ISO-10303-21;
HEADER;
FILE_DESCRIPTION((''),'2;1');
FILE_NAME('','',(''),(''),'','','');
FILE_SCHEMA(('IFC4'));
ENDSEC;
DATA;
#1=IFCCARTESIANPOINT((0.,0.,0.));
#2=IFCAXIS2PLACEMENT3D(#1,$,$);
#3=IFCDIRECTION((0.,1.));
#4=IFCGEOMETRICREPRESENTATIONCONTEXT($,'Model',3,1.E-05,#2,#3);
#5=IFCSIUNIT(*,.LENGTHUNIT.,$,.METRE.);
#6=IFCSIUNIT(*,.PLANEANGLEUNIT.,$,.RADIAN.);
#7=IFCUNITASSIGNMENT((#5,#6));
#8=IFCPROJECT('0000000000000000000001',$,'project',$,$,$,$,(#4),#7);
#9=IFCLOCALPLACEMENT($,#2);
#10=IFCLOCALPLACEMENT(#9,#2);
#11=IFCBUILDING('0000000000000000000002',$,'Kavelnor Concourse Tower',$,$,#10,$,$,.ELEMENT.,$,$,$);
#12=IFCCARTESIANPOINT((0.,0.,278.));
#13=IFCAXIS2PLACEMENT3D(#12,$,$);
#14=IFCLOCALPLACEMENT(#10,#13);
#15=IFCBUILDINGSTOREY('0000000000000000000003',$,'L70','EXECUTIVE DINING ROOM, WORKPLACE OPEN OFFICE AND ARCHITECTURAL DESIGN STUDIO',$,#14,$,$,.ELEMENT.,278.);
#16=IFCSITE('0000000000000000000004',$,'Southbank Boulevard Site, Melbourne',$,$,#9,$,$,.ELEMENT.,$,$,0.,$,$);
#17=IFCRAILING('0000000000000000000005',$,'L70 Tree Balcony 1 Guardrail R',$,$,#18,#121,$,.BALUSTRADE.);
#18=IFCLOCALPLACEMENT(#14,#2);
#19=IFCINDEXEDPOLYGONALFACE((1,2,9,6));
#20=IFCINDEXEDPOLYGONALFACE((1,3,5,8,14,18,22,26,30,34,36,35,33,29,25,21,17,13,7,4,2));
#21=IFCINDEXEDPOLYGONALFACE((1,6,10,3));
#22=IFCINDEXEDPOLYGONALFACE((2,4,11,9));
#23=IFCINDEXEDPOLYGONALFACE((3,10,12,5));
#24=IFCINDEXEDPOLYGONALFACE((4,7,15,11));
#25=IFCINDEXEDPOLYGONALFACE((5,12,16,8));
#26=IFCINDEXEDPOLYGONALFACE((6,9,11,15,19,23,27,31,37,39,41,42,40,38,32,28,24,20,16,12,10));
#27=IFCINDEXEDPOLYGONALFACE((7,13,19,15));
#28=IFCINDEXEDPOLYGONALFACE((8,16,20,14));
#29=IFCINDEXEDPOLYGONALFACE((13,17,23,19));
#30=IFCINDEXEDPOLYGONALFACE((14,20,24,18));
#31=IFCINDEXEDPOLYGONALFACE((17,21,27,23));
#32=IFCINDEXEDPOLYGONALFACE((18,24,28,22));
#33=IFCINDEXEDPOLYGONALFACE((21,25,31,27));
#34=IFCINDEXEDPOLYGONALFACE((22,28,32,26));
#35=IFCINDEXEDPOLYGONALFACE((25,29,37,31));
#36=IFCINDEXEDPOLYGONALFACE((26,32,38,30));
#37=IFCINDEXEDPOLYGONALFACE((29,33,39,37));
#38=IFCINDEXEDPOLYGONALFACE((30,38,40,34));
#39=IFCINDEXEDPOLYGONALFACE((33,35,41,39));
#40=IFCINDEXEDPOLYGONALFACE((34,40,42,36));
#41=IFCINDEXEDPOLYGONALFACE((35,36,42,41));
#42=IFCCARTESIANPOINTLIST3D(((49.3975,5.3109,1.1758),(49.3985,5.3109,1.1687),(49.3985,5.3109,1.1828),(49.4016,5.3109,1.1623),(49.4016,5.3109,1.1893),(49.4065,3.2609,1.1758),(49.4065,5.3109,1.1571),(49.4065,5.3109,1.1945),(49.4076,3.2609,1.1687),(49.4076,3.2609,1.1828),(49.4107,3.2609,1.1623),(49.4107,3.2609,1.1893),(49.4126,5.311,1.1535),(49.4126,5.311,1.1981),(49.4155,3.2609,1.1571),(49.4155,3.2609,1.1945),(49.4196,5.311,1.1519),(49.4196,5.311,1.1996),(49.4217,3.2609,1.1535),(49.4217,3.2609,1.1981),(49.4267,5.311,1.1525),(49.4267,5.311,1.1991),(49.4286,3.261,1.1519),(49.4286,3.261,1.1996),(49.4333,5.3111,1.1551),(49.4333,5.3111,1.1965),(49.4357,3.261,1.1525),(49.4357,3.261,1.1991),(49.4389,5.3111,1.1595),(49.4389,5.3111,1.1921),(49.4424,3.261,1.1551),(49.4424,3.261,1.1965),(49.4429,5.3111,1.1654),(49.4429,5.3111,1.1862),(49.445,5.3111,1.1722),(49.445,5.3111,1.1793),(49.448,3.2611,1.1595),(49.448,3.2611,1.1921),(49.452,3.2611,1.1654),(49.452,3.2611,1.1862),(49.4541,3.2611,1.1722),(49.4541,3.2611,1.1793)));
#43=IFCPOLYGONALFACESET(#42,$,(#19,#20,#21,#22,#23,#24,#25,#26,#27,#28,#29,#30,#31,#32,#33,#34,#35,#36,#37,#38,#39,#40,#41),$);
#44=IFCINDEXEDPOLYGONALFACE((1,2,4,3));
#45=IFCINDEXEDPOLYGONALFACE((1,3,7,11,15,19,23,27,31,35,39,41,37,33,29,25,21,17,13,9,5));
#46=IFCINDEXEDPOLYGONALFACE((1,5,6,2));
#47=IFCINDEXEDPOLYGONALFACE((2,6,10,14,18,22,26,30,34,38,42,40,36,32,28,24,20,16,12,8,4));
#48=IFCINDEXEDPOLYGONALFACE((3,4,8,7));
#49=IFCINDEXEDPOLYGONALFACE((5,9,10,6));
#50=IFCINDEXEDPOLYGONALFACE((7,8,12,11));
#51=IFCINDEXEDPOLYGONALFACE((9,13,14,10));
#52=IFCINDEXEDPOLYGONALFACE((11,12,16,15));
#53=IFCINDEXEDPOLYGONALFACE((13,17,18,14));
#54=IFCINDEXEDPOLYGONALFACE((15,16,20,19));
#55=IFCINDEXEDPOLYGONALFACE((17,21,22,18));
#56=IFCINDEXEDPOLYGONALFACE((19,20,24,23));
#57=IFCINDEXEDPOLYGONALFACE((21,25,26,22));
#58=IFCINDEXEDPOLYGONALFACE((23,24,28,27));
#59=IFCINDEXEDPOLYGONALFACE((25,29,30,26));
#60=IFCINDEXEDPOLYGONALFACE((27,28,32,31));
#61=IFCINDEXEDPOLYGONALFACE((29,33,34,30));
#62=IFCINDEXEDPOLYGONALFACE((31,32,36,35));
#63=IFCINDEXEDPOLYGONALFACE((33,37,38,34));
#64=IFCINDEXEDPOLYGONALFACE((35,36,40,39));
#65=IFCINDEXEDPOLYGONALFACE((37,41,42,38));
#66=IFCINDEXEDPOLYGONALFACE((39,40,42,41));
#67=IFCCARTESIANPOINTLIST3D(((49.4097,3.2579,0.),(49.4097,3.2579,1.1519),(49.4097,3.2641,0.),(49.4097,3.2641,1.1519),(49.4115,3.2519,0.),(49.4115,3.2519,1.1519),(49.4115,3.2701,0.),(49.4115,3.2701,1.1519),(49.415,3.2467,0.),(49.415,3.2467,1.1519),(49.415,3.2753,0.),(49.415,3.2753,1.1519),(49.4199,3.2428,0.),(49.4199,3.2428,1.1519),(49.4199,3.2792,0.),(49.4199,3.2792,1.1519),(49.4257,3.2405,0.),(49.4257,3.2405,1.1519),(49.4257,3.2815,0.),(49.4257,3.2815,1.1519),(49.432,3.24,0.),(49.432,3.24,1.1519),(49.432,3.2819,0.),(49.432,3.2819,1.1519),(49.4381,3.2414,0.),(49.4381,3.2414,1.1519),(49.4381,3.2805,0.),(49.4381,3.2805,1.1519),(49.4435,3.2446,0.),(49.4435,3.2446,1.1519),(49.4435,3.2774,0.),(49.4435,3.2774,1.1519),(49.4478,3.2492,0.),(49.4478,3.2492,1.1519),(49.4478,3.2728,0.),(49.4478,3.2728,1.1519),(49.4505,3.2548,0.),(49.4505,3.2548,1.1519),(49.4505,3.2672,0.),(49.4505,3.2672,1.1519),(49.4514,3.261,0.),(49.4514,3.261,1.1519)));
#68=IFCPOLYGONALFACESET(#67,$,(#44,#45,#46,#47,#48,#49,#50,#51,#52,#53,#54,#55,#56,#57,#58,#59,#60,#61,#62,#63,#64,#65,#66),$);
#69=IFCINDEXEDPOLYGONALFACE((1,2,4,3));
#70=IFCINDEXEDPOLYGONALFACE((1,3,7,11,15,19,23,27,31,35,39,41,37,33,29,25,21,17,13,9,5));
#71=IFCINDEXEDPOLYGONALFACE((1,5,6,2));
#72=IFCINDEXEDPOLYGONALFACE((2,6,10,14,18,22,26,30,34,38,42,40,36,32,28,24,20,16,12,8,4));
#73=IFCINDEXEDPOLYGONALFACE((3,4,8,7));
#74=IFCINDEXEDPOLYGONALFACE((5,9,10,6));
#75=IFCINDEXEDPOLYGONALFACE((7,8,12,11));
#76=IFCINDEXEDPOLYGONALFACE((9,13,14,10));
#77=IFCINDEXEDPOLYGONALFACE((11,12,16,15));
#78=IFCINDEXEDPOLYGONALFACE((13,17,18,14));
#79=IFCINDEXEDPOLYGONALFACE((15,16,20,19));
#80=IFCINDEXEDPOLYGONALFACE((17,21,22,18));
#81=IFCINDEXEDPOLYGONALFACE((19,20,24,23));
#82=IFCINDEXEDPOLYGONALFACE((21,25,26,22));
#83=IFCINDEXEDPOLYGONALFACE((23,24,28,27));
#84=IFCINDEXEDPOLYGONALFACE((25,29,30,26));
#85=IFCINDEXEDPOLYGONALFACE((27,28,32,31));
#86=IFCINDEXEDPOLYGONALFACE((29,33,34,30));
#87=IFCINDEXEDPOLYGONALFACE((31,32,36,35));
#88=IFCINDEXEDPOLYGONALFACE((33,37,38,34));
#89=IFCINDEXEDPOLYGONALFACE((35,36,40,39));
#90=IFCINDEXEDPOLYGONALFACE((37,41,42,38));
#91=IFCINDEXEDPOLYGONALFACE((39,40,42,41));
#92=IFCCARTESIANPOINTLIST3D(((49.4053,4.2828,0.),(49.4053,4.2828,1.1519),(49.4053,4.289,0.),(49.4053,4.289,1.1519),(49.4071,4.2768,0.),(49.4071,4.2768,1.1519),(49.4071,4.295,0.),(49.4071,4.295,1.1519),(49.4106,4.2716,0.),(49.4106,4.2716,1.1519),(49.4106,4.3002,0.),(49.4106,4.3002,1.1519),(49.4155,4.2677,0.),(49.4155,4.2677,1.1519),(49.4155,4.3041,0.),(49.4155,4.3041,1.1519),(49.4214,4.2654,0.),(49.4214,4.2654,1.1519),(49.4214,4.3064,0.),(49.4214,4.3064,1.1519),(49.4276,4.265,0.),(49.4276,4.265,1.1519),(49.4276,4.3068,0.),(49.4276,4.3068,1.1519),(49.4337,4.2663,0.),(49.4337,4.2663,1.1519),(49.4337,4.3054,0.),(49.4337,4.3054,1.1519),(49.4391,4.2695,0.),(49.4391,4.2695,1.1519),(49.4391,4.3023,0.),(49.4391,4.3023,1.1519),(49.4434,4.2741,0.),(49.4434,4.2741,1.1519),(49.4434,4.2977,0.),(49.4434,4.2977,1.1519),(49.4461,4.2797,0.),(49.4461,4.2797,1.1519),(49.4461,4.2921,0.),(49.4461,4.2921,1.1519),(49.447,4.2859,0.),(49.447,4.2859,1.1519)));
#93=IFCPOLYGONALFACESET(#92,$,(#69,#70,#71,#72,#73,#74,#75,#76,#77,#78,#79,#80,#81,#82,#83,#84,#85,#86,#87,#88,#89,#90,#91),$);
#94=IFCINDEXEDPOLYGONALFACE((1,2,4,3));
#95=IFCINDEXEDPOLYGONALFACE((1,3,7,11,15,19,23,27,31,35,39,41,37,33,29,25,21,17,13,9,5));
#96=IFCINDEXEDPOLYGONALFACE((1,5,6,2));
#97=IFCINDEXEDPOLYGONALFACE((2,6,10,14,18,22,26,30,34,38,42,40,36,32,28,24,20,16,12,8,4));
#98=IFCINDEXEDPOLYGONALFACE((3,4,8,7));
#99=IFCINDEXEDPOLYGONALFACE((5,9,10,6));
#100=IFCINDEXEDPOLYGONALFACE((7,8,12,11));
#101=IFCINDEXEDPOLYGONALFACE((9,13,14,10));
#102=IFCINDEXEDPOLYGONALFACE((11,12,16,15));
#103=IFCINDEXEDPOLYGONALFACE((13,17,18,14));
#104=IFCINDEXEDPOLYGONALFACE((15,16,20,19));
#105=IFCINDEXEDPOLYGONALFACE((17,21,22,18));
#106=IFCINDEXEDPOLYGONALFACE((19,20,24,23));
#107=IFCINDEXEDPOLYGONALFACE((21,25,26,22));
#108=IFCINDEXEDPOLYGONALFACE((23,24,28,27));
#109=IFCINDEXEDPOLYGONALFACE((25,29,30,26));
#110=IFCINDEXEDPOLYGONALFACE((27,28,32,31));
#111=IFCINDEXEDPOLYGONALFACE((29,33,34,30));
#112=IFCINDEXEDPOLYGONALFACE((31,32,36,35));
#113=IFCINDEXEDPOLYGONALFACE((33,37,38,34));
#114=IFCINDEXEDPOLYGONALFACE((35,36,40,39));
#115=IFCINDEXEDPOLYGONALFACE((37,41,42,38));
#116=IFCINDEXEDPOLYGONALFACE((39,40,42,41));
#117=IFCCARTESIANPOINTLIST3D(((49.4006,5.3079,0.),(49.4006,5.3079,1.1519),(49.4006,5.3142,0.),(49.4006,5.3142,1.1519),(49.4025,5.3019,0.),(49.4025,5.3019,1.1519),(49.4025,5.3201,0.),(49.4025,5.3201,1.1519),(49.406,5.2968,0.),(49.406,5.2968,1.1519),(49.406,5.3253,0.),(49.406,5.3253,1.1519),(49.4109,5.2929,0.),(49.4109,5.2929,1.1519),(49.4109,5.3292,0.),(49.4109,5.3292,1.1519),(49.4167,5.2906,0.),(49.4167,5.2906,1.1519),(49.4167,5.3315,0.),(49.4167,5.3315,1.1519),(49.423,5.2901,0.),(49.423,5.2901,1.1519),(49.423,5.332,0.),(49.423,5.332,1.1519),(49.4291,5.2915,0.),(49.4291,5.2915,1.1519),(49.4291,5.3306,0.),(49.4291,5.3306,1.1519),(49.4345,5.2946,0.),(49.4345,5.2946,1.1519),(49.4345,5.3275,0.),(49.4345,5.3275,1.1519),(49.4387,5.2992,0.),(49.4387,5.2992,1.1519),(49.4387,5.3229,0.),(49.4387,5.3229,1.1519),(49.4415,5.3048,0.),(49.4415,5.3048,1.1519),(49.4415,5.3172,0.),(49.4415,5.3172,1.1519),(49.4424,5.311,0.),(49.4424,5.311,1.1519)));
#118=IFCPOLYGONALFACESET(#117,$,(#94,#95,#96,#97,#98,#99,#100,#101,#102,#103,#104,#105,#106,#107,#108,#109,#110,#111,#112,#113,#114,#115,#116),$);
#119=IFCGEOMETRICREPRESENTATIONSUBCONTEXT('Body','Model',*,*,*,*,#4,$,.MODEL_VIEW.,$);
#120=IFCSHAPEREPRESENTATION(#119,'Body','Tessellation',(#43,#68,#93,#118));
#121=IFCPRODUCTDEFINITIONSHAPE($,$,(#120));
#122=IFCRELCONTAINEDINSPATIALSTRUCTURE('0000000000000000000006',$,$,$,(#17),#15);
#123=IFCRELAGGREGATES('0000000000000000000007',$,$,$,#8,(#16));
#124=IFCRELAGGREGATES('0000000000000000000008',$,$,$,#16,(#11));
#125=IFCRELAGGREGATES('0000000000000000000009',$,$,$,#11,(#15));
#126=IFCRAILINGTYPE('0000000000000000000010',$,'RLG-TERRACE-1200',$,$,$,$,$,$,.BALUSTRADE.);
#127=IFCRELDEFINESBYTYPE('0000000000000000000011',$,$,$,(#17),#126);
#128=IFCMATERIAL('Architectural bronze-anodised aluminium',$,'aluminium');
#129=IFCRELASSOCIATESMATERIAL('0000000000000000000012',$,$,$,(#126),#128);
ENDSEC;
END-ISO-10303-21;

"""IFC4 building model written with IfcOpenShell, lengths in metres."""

from ifc_helpers import new_model, si_unit, direction, frame, origin, origin_2d, place, context, subcontext, project, spatial, circle, extrude, material, type_object, element, save


model = new_model("IFC4")

# Units and contexts
model_context = context("Model", 3, precision=1e-05, world=origin(), true_north=direction((0.0, 1.0)))
body_context = subcontext(model_context, "Body", "Model", "MODEL_VIEW")
ifc_project = project(units=[si_unit("LENGTHUNIT", "METRE"), si_unit("PLANEANGLEUNIT", "RADIAN")], contexts=[model_context])

# Site, building, storey
site_placement = place(None, origin())
site = spatial("IfcSite", under=ifc_project, at=site_placement, Name="Southbank Boulevard Site, Melbourne", CompositionType="ELEMENT", RefElevation=0.0)
building_placement = place(site_placement, origin())
building = spatial("IfcBuilding", under=site, at=building_placement, Name="Kavelnor Concourse Tower", CompositionType="ELEMENT")
storey_placement = place(building_placement, frame((0.0, 0.0, 278.0)))
storey = spatial("IfcBuildingStorey", under=building, at=storey_placement, Name="L70", Description="EXECUTIVE DINING ROOM, WORKPLACE OPEN OFFICE AND ARCHITECTURAL DESIGN STUDIO", CompositionType="ELEMENT", Elevation=278.0)

# Railing
ifc_material_1 = material(Name="Architectural bronze-anodised aluminium", Category="aluminium")
railing_type = type_object("IfcRailingType", Name="RLG-TERRACE-1200", PredefinedType="BALUSTRADE", material=ifc_material_1)
railing_placement = place(storey_placement, frame((49.4304, 3.261, 0.0)))
element("IfcRailing", 1, at=railing_placement, inside=storey, type_object=railing_type, Name="L70 Tree Balcony 1 Guardrail R", PredefinedType="BALUSTRADE", context=body_context, shape_type="SweptSolid", body=[
    extrude(circle(Radius=0.0239, at=origin_2d()), frame((0.0, 0.0, 1.1758), z_axis=(-0.004406, 0.99999, 0.0), x_axis=(-0.99999, -0.004406, 0.0)), (0.0, 0.0, 1.0), 2.05),
    extrude(circle(Radius=0.021, at=origin_2d()), origin(), (0.0, 0.0, 1.0), 1.1519),
    extrude(circle(Radius=0.021, at=origin_2d()), frame((-0.0044, 1.0249, 0.0)), (0.0, 0.0, 1.0), 1.1519),
    extrude(circle(Radius=0.021, at=origin_2d()), frame((-0.009, 2.05, 0.0)), (0.0, 0.0, 1.0), 1.1519),
])

save(model, "model.ifc")
